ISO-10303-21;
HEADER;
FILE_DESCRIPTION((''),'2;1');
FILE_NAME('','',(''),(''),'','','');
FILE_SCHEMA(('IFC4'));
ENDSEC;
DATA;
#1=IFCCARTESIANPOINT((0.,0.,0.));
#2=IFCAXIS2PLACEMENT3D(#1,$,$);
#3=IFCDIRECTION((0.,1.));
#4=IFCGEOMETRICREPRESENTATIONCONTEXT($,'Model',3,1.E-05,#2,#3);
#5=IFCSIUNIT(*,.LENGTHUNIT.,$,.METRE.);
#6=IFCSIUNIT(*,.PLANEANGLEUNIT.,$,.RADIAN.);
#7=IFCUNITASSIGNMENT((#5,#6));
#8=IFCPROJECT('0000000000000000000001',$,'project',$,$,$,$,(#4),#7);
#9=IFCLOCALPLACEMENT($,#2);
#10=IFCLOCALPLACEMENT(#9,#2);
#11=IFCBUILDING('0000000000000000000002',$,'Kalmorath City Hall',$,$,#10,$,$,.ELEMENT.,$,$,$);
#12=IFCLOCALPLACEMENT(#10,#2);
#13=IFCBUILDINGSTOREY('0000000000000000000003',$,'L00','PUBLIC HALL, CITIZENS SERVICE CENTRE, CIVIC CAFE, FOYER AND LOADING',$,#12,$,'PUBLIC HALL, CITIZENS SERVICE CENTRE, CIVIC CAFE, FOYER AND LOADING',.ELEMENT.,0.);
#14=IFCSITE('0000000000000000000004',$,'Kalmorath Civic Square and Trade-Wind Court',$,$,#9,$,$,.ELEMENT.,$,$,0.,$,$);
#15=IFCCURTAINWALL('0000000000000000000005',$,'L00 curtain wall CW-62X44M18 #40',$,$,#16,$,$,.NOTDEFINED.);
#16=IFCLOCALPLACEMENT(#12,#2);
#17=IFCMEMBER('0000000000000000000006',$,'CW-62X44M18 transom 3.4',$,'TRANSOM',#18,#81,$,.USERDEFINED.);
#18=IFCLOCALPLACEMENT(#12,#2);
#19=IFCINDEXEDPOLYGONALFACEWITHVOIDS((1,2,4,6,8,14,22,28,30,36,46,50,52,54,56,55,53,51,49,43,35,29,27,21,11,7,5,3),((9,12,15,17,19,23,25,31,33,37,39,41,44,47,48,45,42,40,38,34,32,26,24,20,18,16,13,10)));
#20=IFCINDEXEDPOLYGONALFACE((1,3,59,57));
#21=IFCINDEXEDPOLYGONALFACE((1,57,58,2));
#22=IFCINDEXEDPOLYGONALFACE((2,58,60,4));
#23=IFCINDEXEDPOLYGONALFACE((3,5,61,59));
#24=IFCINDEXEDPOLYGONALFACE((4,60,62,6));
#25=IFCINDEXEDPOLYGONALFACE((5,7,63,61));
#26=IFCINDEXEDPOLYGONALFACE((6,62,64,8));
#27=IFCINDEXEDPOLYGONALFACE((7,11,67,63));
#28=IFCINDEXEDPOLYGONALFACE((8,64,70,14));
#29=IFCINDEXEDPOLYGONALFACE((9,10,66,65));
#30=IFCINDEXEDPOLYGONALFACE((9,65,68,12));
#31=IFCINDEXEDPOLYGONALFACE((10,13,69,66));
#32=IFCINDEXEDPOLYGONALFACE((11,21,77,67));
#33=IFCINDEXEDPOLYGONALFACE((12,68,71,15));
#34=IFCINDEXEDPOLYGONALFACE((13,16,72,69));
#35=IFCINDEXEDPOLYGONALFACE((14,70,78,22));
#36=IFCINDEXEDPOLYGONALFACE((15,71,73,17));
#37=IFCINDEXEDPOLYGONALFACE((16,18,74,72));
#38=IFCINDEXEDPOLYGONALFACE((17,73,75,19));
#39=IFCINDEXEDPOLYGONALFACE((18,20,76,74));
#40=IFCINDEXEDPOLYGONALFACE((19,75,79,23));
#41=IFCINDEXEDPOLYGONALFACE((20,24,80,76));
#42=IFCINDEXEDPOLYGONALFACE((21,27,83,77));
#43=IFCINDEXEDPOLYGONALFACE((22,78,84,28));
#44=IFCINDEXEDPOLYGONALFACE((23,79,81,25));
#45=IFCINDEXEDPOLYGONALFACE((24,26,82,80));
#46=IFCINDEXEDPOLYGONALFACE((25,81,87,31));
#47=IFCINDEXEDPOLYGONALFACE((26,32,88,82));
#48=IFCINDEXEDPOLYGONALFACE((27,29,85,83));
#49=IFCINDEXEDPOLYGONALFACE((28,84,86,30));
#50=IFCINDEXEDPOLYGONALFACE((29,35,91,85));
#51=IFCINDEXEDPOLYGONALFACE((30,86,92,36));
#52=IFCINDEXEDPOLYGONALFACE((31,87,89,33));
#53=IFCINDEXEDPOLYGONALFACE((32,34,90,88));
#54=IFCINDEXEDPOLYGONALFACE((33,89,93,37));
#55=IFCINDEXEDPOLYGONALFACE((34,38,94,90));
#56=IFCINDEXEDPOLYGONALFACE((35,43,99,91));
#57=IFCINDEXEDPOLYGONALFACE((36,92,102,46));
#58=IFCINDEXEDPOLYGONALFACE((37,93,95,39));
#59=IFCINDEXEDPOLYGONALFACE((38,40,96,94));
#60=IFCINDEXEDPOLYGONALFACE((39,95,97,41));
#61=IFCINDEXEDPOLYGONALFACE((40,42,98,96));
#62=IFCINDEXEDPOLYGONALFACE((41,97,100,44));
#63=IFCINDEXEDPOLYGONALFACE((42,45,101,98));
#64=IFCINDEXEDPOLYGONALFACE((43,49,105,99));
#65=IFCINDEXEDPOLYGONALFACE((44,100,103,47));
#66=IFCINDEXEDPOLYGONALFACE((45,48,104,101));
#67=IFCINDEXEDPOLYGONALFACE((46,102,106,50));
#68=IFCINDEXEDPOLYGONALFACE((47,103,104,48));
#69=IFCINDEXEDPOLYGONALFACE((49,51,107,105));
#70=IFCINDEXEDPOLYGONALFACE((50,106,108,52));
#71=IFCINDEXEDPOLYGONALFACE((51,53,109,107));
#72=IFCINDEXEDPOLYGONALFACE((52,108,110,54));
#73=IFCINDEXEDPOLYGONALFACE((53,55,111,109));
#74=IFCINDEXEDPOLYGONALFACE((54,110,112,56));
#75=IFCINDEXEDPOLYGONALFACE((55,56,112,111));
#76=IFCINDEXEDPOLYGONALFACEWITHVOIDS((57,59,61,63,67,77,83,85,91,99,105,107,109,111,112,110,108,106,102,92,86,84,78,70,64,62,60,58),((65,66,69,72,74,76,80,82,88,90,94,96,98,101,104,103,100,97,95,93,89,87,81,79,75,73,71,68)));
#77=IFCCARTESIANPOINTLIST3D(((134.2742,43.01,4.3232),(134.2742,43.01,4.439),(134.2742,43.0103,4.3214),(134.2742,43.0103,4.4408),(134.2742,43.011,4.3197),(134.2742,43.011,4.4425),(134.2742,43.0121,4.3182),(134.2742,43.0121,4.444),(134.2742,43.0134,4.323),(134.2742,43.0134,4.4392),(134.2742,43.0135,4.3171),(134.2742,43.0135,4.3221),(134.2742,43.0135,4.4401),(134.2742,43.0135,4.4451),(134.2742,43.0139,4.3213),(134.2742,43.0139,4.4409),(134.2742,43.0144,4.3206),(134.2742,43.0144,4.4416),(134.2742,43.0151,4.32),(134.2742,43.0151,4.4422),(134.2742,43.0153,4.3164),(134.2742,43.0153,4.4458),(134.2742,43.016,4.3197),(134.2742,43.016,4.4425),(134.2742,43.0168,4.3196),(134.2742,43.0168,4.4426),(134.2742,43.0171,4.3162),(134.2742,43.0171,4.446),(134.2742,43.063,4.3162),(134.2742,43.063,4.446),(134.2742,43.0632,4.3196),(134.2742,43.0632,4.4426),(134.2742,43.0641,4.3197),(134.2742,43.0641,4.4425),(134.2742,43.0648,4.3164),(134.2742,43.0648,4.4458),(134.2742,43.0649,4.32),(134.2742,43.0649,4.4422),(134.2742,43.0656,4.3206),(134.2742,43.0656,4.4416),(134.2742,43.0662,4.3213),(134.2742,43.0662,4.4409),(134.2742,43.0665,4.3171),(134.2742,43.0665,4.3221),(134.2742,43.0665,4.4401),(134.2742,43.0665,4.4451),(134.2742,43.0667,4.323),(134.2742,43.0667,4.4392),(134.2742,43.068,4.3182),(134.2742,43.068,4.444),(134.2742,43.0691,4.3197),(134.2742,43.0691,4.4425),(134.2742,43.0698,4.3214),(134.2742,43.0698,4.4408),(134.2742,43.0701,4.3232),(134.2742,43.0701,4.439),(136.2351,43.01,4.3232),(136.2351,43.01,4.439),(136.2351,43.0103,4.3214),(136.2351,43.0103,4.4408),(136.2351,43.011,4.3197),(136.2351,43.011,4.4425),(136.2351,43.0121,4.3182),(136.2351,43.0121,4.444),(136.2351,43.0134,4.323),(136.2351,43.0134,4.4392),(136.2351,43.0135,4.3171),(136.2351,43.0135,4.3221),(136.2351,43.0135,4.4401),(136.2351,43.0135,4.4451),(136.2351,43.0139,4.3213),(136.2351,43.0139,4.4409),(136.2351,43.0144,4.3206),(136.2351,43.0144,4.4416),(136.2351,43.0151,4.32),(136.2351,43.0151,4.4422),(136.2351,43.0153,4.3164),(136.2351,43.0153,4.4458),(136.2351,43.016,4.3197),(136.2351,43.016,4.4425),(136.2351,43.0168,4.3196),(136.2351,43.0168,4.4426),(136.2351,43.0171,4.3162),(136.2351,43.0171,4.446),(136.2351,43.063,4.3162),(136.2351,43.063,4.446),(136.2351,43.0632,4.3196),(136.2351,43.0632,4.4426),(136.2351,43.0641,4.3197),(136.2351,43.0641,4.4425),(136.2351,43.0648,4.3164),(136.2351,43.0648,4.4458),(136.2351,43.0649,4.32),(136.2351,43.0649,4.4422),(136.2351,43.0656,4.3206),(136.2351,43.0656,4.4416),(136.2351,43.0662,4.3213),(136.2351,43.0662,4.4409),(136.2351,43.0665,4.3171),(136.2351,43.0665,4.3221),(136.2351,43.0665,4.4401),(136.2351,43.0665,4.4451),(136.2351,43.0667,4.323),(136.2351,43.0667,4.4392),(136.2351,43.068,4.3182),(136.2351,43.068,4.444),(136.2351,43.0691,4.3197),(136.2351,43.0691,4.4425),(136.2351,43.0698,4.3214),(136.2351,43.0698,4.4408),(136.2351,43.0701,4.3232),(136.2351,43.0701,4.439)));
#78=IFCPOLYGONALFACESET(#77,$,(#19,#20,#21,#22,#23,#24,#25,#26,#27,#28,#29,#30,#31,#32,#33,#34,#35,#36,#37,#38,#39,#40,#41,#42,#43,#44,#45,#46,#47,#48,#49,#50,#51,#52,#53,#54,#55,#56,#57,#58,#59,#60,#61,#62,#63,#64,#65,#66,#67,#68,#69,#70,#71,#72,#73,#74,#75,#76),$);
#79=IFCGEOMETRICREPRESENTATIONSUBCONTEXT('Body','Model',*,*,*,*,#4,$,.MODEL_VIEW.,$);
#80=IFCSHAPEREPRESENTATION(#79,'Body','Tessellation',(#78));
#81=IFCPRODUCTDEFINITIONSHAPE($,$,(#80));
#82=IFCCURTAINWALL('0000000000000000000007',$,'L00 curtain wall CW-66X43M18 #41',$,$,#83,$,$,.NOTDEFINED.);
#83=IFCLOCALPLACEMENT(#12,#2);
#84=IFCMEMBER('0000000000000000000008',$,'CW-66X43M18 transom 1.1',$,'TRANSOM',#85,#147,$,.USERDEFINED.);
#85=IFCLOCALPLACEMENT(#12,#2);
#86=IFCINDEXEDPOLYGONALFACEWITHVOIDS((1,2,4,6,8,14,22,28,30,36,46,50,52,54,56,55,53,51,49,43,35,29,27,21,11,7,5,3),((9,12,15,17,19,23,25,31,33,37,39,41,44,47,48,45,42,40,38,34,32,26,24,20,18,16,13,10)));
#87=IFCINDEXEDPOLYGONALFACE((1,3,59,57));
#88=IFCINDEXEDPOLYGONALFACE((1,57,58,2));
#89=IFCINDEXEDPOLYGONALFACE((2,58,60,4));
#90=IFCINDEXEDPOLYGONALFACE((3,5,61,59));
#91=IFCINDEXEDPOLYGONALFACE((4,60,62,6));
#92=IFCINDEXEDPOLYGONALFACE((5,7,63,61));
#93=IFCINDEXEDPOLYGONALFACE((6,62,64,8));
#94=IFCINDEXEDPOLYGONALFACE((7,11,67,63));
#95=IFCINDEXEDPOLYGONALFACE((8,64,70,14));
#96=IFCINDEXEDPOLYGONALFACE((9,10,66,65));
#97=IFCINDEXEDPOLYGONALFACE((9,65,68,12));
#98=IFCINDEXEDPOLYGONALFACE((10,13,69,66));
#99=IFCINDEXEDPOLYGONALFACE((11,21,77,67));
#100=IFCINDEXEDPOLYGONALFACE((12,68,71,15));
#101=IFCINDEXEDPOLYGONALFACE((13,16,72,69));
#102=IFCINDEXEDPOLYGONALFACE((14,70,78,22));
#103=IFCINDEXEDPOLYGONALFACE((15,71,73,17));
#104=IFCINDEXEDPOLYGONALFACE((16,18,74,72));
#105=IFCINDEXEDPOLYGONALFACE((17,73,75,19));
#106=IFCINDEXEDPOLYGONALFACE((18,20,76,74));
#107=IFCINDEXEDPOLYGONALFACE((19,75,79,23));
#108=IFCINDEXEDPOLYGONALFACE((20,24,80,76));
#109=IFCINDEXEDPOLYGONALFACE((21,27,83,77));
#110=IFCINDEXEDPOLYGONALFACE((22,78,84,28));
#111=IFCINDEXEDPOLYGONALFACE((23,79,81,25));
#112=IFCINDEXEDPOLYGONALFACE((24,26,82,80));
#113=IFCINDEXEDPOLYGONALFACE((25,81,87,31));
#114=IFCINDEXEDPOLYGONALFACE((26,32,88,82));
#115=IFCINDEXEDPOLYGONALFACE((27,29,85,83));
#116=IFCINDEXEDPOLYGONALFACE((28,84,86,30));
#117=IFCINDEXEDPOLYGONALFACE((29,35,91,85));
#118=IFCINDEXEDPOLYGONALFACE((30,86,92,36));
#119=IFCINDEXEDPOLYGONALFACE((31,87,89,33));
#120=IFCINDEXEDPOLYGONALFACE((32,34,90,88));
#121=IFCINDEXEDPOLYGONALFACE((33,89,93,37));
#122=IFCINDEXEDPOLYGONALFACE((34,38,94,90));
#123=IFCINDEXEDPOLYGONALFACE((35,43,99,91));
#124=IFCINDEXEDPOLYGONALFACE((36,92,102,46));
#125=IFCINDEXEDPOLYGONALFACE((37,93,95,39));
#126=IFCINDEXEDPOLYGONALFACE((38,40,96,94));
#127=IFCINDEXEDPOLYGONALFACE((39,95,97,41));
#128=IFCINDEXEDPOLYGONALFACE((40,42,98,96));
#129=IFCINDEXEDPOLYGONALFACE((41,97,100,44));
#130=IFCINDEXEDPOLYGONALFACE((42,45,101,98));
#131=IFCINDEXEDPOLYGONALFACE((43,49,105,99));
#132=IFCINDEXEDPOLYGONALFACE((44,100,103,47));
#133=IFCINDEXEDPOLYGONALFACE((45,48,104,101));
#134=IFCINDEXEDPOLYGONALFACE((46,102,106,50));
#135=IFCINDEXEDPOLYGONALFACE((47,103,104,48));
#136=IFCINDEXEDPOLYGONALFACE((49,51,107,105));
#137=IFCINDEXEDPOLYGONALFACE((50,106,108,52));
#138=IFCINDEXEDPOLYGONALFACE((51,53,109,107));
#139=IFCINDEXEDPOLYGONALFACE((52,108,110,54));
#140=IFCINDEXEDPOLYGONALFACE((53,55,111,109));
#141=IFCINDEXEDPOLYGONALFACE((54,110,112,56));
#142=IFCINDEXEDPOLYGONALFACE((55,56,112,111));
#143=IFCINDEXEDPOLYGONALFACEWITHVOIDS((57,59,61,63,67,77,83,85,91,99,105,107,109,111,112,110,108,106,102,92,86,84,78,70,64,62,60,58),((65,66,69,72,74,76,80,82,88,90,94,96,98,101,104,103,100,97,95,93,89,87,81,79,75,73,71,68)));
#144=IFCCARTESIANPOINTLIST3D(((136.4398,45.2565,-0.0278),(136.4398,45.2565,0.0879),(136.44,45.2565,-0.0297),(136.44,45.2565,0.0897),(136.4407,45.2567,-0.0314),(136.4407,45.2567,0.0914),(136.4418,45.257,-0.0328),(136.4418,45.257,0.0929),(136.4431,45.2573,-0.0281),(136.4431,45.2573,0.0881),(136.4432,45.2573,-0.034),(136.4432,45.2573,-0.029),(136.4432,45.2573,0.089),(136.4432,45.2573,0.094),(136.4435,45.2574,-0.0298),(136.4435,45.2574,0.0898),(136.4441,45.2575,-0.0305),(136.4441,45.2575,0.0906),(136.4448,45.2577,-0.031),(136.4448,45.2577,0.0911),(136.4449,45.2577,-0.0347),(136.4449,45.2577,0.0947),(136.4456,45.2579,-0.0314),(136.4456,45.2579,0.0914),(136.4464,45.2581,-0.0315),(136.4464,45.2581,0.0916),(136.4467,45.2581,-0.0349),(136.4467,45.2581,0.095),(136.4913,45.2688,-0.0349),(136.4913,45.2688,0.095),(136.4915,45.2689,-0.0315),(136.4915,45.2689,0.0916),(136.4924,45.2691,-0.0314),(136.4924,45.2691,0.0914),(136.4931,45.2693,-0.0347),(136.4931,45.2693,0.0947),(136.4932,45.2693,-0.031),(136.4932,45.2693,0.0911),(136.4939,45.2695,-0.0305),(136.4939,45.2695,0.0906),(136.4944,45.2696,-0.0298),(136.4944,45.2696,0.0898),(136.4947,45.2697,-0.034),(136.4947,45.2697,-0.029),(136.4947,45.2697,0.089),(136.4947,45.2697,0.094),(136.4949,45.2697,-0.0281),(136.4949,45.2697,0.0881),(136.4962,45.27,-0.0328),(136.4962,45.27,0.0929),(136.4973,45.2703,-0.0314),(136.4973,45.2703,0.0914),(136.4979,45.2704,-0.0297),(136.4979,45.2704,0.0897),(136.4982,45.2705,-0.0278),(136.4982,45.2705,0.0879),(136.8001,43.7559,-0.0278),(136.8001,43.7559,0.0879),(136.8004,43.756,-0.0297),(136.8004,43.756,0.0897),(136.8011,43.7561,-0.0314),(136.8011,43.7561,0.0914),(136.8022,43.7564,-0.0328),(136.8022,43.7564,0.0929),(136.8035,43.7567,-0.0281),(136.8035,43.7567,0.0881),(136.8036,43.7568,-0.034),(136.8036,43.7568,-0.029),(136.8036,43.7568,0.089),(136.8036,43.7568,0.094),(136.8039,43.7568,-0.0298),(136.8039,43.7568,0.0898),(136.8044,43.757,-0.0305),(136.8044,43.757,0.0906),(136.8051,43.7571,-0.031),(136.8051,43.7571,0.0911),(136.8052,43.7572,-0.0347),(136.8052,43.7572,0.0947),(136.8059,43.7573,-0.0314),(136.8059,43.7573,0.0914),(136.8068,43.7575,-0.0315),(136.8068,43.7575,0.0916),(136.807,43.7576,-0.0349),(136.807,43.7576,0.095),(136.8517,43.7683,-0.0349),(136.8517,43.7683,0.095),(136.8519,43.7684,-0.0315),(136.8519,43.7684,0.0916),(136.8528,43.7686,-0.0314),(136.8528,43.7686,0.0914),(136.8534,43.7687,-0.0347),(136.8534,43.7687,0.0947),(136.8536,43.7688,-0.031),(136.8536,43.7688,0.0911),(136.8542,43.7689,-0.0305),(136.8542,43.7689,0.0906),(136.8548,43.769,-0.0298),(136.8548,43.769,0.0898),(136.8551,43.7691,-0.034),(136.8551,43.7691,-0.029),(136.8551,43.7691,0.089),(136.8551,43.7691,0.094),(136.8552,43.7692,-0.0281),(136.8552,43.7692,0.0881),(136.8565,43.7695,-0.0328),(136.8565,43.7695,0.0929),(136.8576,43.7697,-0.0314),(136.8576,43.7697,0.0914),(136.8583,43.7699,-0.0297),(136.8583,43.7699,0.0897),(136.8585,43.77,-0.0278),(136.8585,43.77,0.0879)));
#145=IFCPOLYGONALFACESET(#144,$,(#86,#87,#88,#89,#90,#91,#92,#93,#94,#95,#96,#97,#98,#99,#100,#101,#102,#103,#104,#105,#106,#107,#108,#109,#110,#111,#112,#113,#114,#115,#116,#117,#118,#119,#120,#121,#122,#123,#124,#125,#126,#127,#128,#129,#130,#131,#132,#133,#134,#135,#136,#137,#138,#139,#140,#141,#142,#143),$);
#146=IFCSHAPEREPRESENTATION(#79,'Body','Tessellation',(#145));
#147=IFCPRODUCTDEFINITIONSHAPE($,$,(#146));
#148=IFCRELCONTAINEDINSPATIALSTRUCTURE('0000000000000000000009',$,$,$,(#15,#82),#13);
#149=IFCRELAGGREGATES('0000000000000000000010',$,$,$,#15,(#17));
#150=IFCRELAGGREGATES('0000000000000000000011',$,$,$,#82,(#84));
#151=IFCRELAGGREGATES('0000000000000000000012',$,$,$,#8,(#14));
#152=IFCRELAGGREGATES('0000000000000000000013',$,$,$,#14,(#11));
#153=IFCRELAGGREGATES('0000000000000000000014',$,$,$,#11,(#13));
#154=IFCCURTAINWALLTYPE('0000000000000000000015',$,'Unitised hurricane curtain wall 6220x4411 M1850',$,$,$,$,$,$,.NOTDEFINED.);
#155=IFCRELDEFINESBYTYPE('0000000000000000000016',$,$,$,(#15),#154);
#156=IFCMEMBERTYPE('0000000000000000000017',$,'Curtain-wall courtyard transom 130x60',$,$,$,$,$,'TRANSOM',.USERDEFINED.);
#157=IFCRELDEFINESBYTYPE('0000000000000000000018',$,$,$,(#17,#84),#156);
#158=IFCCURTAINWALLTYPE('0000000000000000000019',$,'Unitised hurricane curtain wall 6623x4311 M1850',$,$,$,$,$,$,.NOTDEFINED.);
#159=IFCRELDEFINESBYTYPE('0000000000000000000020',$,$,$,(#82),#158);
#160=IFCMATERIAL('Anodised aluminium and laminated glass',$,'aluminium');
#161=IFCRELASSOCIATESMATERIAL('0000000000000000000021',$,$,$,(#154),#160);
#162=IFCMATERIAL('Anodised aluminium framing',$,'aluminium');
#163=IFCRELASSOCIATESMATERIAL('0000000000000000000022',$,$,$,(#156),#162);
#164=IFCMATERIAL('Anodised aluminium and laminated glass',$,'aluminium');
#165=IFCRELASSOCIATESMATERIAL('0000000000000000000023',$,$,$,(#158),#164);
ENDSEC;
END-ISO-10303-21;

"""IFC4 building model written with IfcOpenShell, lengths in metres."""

from ifc_helpers import new_model, si_unit, direction, frame, origin, origin_2d, place, context, subcontext, project, spatial, hollow_rectangle, extrude, material, material_profile, profile_set, type_object, element, aggregate, save


model = new_model("IFC4")

# Units and contexts
model_context = context("Model", 3, precision=1e-05, world=origin(), true_north=direction((0.0, 1.0)))
body_context = subcontext(model_context, "Body", "Model", "MODEL_VIEW")
ifc_project = project(units=[si_unit("LENGTHUNIT", "METRE"), si_unit("PLANEANGLEUNIT", "RADIAN")], contexts=[model_context])

# Site, building, storey
site_placement = place(None, origin())
site = spatial("IfcSite", under=ifc_project, at=site_placement, Name="Kalmorath Civic Square and Trade-Wind Court", CompositionType="ELEMENT", RefElevation=0.0)
building_placement = place(site_placement, origin())
building = spatial("IfcBuilding", under=site, at=building_placement, Name="Kalmorath City Hall", CompositionType="ELEMENT")
storey_placement = place(building_placement, origin())
storey = spatial("IfcBuildingStorey", under=building, at=storey_placement, Name="L00", Description="PUBLIC HALL, CITIZENS SERVICE CENTRE, CIVIC CAFE, FOYER AND LOADING", LongName="PUBLIC HALL, CITIZENS SERVICE CENTRE, CIVIC CAFE, FOYER AND LOADING", CompositionType="ELEMENT", Elevation=0.0)

# Curtain walls, members
ifc_material_1 = material(Name="Anodised aluminium and laminated glass", Category="aluminium")
curtain_wall_type_1 = type_object("IfcCurtainWallType", Name="Unitised hurricane curtain wall 6220x4411 M1850", PredefinedType="NOTDEFINED", material=ifc_material_1)
curtain_wall_1_placement = place(storey_placement, origin())
curtain_wall_1 = element("IfcCurtainWall", 1, at=curtain_wall_1_placement, inside=storey, type_object=curtain_wall_type_1, Name="L00 curtain wall CW-62X44M18 #40", PredefinedType="NOTDEFINED")
ifc_material_2 = material(Name="Anodised aluminium framing", Category="aluminium")
ifc_material_profile_1 = material_profile(ifc_material_2, hollow_rectangle(XDim=0.0601, YDim=0.1299, WallThickness=0.0034, InnerFilletRadius=0.0034, OuterFilletRadius=0.0071, at=origin_2d()), Name="ALU-TRN-130X60X3.5")
ifc_profile_set_1 = profile_set([ifc_material_profile_1], Name="Anodised aluminium framing")
member_type_1 = type_object("IfcMemberType", Name="Curtain-wall courtyard transom 130x60", ElementType="TRANSOM", PredefinedType="USERDEFINED", material=ifc_profile_set_1)
member_1_placement = place(storey_placement, frame((134.2742, 43.04, 4.3811), z_axis=(1.0, 0.0, 0.0), x_axis=(0.0, 1.0, 0.0)))
member_1 = element("IfcMember", 2, at=member_1_placement, type_object=member_type_1, Name="CW-62X44M18 transom 3.4", ObjectType="TRANSOM", PredefinedType="USERDEFINED", context=body_context, shape_type="SweptSolid", body=[
    extrude(hollow_rectangle(XDim=0.0601, YDim=0.1299, WallThickness=0.0034, InnerFilletRadius=0.0034, OuterFilletRadius=0.0071, at=origin_2d()), origin(), (0.0, 0.0, 1.0), 1.9609),
])
ifc_material_3 = material(Name="Anodised aluminium and laminated glass", Category="aluminium")
curtain_wall_type_2 = type_object("IfcCurtainWallType", Name="Unitised hurricane curtain wall 6623x4311 M1850", PredefinedType="NOTDEFINED", material=ifc_material_3)
curtain_wall_2_placement = place(storey_placement, origin())
curtain_wall_2 = element("IfcCurtainWall", 3, at=curtain_wall_2_placement, inside=storey, type_object=curtain_wall_type_2, Name="L00 curtain wall CW-66X43M18 #41", PredefinedType="NOTDEFINED")
member_2_placement = place(storey_placement, frame((136.8293, 43.7629, 0.03), z_axis=(-0.233517, 0.972353, 0.0), x_axis=(-0.972353, -0.233517, 0.0)))
member_2 = element("IfcMember", 4, at=member_2_placement, type_object=member_type_1, Name="CW-66X43M18 transom 1.1", ObjectType="TRANSOM", PredefinedType="USERDEFINED", context=body_context, shape_type="SweptSolid", body=[
    extrude(hollow_rectangle(XDim=0.0601, YDim=0.1299, WallThickness=0.0034, InnerFilletRadius=0.0034, OuterFilletRadius=0.0071, at=origin_2d()), origin(), (0.0, 0.0, 1.0), 1.5432),
])

aggregate(curtain_wall_1, [member_1])
aggregate(curtain_wall_2, [member_2])

save(model, "model.ifc")
